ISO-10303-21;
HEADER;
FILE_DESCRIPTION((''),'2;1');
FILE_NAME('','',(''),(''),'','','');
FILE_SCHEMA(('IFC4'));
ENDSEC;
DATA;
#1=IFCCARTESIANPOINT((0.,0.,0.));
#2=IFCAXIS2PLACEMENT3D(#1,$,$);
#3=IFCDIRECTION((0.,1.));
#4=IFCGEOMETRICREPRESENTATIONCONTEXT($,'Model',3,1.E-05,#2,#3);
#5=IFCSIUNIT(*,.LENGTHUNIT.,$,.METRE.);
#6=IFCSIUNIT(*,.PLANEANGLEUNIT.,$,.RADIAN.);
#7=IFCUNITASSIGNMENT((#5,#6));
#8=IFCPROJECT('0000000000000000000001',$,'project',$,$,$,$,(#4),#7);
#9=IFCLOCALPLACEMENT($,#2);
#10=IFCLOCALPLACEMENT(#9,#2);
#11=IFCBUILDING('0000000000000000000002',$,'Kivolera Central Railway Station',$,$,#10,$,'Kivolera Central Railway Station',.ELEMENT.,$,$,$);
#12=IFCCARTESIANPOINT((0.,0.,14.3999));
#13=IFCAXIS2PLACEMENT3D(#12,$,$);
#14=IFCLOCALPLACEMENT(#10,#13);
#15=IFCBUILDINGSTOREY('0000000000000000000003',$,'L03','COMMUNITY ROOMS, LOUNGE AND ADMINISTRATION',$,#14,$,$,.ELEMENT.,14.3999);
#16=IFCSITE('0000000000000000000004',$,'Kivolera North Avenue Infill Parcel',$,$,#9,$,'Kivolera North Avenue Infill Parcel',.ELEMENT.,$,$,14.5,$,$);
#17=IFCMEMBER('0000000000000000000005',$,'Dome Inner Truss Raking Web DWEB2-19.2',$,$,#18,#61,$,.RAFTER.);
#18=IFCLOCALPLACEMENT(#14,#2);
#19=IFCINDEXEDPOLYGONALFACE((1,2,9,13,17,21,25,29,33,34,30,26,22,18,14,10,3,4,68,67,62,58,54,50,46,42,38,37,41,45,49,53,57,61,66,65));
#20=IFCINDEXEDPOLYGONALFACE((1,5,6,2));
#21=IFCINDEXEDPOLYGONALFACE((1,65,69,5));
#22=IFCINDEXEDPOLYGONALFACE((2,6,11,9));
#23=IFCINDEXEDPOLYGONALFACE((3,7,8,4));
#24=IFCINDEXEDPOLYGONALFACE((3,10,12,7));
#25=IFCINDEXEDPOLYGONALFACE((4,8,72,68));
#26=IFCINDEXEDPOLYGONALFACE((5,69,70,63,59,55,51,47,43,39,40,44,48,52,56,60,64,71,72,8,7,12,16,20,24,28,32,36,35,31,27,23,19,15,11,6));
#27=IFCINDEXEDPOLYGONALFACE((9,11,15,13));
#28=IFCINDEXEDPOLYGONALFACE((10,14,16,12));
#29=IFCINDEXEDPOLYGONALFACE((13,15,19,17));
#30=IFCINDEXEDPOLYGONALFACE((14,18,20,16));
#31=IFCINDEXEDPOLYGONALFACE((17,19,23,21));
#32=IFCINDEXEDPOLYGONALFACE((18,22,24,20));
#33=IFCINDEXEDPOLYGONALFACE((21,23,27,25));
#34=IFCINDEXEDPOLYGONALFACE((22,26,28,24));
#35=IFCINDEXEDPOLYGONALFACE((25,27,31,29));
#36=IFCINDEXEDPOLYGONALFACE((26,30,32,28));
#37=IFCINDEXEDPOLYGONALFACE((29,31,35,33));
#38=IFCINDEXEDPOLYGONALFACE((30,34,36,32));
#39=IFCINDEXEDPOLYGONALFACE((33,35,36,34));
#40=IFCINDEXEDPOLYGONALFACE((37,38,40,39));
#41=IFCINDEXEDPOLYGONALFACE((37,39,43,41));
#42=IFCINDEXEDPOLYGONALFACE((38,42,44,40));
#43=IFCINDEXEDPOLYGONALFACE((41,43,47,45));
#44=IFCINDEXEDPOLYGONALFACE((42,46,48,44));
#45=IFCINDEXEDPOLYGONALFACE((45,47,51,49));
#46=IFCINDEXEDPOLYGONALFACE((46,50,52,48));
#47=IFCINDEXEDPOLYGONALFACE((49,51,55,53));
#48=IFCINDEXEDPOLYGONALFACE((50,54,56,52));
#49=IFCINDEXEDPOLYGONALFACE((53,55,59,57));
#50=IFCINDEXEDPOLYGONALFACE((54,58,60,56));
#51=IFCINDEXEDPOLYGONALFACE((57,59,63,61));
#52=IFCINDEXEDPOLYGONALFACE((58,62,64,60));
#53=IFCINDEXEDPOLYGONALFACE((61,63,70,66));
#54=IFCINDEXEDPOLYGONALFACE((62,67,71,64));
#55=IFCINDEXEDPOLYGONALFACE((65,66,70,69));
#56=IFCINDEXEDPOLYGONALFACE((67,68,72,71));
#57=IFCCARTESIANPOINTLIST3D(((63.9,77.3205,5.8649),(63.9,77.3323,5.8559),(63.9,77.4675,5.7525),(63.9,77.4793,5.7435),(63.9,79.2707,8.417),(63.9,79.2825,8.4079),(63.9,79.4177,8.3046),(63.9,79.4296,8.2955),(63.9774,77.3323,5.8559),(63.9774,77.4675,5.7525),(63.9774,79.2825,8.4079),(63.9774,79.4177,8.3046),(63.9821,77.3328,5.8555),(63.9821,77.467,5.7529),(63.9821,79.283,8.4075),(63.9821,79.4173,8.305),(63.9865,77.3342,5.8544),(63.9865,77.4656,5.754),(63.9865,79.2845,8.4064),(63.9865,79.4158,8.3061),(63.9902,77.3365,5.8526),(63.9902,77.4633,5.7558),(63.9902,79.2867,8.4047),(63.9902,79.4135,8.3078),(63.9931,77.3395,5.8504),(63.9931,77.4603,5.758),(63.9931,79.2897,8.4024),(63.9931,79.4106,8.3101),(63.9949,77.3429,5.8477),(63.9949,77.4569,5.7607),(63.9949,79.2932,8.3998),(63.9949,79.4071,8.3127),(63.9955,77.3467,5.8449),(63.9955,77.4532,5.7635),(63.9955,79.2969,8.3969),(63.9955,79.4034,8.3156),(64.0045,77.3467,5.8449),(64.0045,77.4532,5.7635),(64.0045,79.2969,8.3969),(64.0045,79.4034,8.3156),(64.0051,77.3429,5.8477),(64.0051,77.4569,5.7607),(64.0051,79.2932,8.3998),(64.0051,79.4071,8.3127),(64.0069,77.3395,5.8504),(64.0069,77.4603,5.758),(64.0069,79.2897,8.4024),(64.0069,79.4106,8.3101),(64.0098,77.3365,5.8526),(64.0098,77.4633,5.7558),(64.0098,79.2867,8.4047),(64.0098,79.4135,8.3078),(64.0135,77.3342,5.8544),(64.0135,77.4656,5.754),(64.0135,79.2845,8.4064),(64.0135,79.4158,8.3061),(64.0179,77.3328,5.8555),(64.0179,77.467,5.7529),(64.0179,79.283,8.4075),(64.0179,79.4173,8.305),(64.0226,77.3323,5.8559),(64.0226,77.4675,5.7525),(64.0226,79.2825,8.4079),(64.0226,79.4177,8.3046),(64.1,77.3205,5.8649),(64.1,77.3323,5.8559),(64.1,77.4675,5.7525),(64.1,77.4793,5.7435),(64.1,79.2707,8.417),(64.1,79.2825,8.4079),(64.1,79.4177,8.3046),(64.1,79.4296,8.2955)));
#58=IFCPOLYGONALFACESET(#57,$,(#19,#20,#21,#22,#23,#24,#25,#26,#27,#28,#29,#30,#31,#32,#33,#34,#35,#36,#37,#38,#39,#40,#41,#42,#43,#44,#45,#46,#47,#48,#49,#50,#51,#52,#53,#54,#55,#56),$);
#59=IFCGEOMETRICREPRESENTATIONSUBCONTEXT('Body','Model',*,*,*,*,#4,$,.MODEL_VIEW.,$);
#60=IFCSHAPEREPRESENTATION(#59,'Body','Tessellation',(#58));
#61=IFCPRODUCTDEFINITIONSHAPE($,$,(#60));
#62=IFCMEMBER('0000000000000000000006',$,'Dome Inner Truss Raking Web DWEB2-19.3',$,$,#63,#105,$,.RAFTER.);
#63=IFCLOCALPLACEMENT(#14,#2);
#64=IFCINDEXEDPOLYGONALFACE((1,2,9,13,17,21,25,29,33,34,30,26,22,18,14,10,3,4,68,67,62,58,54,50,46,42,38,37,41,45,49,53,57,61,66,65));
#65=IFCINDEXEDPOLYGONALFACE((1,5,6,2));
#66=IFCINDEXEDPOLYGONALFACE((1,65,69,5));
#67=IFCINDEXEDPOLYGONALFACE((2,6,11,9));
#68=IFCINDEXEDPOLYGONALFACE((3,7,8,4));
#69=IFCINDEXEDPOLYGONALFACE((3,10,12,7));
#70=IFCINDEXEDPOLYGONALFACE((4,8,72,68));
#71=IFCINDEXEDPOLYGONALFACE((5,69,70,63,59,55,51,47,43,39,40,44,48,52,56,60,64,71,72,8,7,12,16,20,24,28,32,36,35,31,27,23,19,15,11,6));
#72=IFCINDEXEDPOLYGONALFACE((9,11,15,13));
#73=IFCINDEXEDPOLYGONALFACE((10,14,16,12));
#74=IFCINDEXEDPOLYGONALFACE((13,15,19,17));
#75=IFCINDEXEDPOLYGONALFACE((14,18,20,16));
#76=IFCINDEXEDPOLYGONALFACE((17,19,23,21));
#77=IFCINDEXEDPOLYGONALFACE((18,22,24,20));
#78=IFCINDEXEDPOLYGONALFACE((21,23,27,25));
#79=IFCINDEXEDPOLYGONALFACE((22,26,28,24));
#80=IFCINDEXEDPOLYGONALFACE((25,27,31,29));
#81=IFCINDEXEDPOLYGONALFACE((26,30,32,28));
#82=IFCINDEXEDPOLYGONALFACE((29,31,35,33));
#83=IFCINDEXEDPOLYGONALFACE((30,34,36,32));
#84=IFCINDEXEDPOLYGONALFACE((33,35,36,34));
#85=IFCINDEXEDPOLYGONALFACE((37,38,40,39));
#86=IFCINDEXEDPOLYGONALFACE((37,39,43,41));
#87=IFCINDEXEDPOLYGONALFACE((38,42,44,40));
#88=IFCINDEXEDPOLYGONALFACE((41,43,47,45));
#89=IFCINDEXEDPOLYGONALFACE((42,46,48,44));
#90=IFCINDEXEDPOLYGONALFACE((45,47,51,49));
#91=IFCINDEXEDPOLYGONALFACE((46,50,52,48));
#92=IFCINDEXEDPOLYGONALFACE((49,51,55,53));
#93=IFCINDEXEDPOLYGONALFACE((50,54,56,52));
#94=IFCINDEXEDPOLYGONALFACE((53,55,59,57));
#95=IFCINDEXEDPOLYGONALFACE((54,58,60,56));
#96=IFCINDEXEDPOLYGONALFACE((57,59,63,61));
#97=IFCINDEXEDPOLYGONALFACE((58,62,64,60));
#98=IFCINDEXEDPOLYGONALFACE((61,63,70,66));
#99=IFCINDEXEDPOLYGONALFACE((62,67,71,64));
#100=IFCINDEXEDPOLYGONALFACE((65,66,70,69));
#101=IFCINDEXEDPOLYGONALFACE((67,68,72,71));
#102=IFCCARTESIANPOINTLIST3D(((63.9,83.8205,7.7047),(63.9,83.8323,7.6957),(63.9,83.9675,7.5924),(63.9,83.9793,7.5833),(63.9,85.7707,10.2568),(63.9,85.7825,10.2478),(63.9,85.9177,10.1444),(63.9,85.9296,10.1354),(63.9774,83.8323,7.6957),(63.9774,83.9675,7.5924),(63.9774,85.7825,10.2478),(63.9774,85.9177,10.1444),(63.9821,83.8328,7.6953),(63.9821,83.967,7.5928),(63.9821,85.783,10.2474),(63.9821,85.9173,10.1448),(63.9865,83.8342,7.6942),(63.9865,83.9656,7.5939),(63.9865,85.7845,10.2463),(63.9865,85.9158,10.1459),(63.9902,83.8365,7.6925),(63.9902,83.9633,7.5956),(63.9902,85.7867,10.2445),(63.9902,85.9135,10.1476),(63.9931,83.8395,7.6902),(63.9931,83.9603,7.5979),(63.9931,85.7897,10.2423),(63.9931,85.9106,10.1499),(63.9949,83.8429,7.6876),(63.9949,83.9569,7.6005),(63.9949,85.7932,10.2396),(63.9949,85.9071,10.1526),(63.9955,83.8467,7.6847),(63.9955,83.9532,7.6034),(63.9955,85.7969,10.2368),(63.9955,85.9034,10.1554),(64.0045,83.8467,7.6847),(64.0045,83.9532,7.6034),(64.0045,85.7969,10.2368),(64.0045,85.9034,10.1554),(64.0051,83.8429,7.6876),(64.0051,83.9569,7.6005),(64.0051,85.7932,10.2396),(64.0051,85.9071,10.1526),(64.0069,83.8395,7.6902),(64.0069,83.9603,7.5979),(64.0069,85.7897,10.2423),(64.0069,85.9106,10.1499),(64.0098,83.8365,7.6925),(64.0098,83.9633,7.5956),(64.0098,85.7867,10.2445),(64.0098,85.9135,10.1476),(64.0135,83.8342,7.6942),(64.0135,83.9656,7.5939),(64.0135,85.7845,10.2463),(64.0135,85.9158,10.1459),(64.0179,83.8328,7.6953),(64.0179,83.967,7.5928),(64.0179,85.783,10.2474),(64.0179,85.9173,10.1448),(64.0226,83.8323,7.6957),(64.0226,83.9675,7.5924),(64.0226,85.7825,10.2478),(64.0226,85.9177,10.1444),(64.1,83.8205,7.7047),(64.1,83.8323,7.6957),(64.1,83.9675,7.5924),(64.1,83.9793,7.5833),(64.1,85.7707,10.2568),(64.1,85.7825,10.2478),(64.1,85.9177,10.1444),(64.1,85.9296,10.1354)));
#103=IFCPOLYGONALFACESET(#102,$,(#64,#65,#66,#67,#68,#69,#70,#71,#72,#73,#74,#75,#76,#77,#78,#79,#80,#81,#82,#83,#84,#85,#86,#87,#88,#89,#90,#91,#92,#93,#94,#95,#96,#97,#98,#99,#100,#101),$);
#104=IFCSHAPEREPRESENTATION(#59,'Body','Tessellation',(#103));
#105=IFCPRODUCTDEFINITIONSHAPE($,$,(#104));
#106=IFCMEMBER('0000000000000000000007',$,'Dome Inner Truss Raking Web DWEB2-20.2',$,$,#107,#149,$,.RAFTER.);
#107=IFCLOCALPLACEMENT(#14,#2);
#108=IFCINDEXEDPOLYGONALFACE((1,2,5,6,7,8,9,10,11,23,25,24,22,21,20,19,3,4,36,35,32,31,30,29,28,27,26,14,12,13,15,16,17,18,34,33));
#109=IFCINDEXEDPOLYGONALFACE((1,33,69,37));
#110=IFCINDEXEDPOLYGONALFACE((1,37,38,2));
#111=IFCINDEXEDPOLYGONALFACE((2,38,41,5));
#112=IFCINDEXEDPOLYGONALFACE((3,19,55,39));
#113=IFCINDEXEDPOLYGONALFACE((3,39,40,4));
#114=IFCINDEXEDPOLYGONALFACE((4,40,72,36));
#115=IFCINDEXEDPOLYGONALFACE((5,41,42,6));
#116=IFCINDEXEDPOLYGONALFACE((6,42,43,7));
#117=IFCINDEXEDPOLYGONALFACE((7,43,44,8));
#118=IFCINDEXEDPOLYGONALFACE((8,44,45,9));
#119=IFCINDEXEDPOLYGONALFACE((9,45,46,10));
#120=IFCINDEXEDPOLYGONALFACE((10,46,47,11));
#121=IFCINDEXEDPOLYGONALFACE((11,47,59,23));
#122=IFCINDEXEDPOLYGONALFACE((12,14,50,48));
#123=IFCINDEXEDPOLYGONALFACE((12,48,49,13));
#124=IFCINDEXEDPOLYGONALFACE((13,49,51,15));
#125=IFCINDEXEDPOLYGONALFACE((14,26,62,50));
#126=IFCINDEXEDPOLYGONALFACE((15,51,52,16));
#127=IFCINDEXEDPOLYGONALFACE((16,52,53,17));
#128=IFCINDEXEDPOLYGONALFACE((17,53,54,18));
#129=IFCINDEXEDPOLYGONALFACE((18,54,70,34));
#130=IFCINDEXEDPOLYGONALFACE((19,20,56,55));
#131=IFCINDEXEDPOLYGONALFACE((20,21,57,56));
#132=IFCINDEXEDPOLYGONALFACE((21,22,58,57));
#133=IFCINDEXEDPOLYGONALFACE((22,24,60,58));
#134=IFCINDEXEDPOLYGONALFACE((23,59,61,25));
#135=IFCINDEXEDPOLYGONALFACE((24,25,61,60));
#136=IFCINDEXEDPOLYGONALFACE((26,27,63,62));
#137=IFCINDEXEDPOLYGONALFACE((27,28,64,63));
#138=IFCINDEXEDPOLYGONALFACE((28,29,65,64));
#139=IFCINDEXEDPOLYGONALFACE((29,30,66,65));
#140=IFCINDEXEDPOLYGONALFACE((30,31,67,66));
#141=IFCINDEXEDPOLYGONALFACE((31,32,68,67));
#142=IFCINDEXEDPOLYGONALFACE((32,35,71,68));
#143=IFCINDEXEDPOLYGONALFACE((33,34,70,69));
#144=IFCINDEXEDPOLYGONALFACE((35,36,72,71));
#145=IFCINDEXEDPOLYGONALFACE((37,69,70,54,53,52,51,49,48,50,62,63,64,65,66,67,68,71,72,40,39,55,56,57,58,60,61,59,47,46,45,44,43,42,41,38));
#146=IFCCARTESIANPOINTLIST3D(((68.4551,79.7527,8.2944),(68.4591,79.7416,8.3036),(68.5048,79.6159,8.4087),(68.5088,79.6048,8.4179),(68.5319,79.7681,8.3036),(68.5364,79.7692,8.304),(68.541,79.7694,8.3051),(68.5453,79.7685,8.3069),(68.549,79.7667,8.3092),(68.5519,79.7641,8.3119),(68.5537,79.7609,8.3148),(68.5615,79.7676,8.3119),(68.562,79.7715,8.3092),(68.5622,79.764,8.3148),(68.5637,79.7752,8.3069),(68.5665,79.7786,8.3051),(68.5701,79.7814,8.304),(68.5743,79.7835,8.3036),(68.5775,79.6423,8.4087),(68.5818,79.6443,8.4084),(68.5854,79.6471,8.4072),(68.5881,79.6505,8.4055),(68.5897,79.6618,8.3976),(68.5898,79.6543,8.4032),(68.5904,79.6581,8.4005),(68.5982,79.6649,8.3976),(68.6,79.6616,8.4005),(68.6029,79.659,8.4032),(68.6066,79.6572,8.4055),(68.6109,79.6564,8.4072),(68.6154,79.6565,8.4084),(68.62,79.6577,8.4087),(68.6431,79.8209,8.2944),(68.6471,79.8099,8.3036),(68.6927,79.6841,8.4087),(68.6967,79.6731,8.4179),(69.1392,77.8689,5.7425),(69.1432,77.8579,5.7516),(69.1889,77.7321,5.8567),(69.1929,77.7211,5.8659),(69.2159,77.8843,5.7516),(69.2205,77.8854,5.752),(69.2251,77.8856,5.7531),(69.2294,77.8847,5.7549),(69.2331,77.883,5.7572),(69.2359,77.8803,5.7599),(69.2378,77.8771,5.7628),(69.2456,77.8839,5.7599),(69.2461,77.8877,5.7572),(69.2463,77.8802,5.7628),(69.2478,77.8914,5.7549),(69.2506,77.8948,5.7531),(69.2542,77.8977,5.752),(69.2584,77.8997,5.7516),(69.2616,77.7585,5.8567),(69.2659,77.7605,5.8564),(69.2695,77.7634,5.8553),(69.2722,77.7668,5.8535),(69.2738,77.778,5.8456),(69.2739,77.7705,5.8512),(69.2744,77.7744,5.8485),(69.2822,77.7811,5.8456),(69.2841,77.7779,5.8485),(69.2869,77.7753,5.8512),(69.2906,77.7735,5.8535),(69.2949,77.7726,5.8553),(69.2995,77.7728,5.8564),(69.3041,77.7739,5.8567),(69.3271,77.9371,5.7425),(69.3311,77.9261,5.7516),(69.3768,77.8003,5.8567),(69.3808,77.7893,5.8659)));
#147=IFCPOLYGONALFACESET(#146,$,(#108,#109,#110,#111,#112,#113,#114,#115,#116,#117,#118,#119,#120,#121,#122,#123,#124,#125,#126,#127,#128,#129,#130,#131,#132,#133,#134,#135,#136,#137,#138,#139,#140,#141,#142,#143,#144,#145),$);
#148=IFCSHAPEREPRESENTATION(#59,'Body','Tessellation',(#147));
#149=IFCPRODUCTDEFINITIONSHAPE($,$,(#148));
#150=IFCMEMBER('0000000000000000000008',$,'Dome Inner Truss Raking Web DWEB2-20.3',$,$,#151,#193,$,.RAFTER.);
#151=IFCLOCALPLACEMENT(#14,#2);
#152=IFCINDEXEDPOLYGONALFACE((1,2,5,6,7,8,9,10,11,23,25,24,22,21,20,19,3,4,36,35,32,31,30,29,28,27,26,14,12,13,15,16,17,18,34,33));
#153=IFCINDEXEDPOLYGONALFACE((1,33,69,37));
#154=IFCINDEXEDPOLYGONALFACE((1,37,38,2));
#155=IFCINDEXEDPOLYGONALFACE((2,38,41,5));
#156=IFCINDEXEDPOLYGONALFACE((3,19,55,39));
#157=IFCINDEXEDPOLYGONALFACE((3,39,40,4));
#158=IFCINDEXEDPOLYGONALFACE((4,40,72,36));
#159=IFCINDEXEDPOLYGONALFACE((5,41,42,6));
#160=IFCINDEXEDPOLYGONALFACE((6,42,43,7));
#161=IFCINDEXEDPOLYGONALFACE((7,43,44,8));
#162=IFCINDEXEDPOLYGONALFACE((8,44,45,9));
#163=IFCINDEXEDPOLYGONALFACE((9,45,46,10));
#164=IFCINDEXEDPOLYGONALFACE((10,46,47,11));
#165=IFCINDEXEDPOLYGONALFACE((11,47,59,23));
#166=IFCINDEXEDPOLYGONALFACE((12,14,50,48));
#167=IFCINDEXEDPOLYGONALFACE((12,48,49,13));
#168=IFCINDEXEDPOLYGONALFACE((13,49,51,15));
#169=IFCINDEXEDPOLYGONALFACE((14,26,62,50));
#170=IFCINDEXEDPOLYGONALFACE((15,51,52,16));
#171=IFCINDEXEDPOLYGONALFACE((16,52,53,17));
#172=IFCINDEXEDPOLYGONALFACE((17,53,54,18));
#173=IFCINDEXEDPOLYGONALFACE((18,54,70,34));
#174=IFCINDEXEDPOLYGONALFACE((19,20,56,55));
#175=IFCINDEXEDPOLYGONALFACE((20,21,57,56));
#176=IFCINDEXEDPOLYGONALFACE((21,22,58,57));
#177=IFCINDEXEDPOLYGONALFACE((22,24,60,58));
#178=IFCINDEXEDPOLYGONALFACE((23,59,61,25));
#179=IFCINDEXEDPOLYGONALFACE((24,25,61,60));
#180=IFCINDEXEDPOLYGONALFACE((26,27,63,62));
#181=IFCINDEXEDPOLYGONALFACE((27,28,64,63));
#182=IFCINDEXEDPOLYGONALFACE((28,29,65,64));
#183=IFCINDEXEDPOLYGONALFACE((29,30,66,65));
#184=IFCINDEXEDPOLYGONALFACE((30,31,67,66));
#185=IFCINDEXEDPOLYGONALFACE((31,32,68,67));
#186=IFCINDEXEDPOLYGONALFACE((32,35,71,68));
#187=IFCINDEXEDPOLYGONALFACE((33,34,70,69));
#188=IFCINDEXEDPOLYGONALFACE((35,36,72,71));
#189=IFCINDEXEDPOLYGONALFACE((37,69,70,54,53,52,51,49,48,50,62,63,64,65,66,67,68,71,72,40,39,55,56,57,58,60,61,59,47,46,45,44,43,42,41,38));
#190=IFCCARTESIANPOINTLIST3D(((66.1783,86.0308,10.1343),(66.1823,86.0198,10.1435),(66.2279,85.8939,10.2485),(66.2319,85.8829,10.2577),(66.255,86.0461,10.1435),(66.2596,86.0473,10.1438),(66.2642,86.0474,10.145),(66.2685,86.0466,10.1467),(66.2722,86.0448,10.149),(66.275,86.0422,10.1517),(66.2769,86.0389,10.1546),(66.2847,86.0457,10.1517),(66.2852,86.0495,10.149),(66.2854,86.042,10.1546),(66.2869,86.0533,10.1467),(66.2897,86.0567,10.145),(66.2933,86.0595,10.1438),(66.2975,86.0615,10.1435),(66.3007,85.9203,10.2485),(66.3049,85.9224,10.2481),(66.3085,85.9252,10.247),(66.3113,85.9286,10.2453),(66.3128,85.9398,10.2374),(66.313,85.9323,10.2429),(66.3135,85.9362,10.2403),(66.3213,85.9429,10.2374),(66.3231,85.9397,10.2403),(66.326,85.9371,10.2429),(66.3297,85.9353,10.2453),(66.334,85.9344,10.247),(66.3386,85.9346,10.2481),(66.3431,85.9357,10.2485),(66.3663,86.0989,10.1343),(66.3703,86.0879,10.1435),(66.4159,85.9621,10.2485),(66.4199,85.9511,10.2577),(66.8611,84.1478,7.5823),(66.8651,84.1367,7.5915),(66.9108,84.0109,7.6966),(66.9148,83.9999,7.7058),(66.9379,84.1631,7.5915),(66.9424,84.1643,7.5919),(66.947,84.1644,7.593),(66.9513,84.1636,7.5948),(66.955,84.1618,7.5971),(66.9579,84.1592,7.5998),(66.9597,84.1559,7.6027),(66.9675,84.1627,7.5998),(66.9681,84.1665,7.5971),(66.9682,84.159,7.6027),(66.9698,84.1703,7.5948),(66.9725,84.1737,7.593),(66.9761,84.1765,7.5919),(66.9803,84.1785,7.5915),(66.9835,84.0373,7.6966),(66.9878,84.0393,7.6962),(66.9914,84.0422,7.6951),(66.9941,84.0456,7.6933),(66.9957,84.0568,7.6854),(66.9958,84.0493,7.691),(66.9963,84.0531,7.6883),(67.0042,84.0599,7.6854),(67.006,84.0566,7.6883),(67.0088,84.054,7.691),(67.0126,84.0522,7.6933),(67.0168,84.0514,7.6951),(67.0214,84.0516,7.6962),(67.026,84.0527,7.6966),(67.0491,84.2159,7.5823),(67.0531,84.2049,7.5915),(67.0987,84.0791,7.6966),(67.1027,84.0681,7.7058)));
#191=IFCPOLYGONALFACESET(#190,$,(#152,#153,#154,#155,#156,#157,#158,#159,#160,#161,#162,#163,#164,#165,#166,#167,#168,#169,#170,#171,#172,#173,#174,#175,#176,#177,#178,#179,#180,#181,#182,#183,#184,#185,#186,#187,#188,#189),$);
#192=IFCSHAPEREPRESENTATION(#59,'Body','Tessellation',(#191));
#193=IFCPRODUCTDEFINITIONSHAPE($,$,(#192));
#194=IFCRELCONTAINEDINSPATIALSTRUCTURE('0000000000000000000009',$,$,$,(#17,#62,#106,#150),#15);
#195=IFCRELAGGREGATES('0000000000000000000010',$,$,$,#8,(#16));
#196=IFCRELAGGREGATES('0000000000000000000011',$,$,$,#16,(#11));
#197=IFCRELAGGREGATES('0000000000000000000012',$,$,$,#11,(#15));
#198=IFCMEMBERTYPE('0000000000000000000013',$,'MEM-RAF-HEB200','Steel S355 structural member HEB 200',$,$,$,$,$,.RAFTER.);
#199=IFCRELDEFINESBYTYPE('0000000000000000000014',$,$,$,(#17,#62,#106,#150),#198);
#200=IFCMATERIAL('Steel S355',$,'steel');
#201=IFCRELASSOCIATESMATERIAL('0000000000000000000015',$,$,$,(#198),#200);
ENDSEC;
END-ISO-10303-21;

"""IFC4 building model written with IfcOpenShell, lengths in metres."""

from ifc_helpers import new_model, si_unit, direction, frame, origin, origin_2d, place, context, subcontext, project, spatial, i_section, extrude, material, material_profile, profile_set, type_object, element, save


model = new_model("IFC4")

# Units and contexts
model_context = context("Model", 3, precision=1e-05, world=origin(), true_north=direction((0.0, 1.0)))
body_context = subcontext(model_context, "Body", "Model", "MODEL_VIEW")
ifc_project = project(units=[si_unit("LENGTHUNIT", "METRE"), si_unit("PLANEANGLEUNIT", "RADIAN")], contexts=[model_context])

# Site, building, storey
site_placement = place(None, origin())
site = spatial("IfcSite", under=ifc_project, at=site_placement, Name="Kivolera North Avenue Infill Parcel", LongName="Kivolera North Avenue Infill Parcel", CompositionType="ELEMENT", RefElevation=14.5)
building_placement = place(site_placement, origin())
building = spatial("IfcBuilding", under=site, at=building_placement, Name="Kivolera Central Railway Station", LongName="Kivolera Central Railway Station", CompositionType="ELEMENT")
storey_placement = place(building_placement, frame((0.0, 0.0, 14.3999)))
storey = spatial("IfcBuildingStorey", under=building, at=storey_placement, Name="L03", Description="COMMUNITY ROOMS, LOUNGE AND ADMINISTRATION", CompositionType="ELEMENT", Elevation=14.3999)

# Shared definitions
ifc_material_1 = material(Name="Steel S355", Category="steel")

# Members
ifc_material_profile_1 = material_profile(ifc_material_1, i_section(OverallWidth=0.2, OverallDepth=0.2, WebThickness=0.009, FlangeThickness=0.0149, FilletRadius=0.0181, at=origin_2d()), Name="HEB 200")
ifc_profile_set_1 = profile_set([ifc_material_profile_1], Name="Steel S355")
member_type_1 = type_object("IfcMemberType", Name="MEM-RAF-HEB200", Description="Steel S355 structural member HEB 200", PredefinedType="RAFTER", material=ifc_profile_set_1)
for number, where, z_axis, x_axis, name in (
    (1, (64.0, 77.3999, 5.8042), (0.0, 0.607188, 0.794558), (-1.0, 0.0, 0.0), "Dome Inner Truss Raking Web DWEB2-19.2"),
    (2, (64.0, 83.8999, 7.644), (0.0, 0.607188, 0.794558), (-1.0, 0.0, 0.0), "Dome Inner Truss Raking Web DWEB2-19.3"),
):
    element("IfcMember", number, at=place(storey_placement, frame(where, z_axis=z_axis, x_axis=x_axis)), inside=storey, type_object=member_type_1, Name=name, PredefinedType="RAFTER", context=body_context, shape_type="SweptSolid", body=[
        extrude(i_section(OverallWidth=0.2, OverallDepth=0.2, WebThickness=0.009, FlangeThickness=0.0149, FilletRadius=0.0181, at=origin_2d()), origin(), (0.0, 0.0, 1.0), 3.2119),
    ])
member_1_placement = place(storey_placement, frame((69.26, 77.8291, 5.8042), z_axis=(-0.210818, 0.580539, 0.786467), x_axis=(-0.939943, -0.341332, 0.0)))
element("IfcMember", 3, at=member_1_placement, inside=storey, type_object=member_type_1, Name="Dome Inner Truss Raking Web DWEB2-20.2", PredefinedType="RAFTER", context=body_context, shape_type="SweptSolid", body=[
    extrude(i_section(OverallWidth=0.2, OverallDepth=0.2, WebThickness=0.009, FlangeThickness=0.0149, FilletRadius=0.0181, at=origin_2d()), origin(), (0.0, 0.0, 1.0), 3.2449),
])
member_2_placement = place(storey_placement, frame((66.9819, 84.1079, 7.644), z_axis=(-0.210486, 0.580436, 0.786632), x_axis=(-0.940096, -0.340911, 0.0)))
element("IfcMember", 4, at=member_2_placement, inside=storey, type_object=member_type_1, Name="Dome Inner Truss Raking Web DWEB2-20.3", PredefinedType="RAFTER", context=body_context, shape_type="SweptSolid", body=[
    extrude(i_section(OverallWidth=0.2, OverallDepth=0.2, WebThickness=0.009, FlangeThickness=0.0149, FilletRadius=0.0181, at=origin_2d()), origin(), (0.0, 0.0, 1.0), 3.2441),
])

save(model, "model.ifc")
